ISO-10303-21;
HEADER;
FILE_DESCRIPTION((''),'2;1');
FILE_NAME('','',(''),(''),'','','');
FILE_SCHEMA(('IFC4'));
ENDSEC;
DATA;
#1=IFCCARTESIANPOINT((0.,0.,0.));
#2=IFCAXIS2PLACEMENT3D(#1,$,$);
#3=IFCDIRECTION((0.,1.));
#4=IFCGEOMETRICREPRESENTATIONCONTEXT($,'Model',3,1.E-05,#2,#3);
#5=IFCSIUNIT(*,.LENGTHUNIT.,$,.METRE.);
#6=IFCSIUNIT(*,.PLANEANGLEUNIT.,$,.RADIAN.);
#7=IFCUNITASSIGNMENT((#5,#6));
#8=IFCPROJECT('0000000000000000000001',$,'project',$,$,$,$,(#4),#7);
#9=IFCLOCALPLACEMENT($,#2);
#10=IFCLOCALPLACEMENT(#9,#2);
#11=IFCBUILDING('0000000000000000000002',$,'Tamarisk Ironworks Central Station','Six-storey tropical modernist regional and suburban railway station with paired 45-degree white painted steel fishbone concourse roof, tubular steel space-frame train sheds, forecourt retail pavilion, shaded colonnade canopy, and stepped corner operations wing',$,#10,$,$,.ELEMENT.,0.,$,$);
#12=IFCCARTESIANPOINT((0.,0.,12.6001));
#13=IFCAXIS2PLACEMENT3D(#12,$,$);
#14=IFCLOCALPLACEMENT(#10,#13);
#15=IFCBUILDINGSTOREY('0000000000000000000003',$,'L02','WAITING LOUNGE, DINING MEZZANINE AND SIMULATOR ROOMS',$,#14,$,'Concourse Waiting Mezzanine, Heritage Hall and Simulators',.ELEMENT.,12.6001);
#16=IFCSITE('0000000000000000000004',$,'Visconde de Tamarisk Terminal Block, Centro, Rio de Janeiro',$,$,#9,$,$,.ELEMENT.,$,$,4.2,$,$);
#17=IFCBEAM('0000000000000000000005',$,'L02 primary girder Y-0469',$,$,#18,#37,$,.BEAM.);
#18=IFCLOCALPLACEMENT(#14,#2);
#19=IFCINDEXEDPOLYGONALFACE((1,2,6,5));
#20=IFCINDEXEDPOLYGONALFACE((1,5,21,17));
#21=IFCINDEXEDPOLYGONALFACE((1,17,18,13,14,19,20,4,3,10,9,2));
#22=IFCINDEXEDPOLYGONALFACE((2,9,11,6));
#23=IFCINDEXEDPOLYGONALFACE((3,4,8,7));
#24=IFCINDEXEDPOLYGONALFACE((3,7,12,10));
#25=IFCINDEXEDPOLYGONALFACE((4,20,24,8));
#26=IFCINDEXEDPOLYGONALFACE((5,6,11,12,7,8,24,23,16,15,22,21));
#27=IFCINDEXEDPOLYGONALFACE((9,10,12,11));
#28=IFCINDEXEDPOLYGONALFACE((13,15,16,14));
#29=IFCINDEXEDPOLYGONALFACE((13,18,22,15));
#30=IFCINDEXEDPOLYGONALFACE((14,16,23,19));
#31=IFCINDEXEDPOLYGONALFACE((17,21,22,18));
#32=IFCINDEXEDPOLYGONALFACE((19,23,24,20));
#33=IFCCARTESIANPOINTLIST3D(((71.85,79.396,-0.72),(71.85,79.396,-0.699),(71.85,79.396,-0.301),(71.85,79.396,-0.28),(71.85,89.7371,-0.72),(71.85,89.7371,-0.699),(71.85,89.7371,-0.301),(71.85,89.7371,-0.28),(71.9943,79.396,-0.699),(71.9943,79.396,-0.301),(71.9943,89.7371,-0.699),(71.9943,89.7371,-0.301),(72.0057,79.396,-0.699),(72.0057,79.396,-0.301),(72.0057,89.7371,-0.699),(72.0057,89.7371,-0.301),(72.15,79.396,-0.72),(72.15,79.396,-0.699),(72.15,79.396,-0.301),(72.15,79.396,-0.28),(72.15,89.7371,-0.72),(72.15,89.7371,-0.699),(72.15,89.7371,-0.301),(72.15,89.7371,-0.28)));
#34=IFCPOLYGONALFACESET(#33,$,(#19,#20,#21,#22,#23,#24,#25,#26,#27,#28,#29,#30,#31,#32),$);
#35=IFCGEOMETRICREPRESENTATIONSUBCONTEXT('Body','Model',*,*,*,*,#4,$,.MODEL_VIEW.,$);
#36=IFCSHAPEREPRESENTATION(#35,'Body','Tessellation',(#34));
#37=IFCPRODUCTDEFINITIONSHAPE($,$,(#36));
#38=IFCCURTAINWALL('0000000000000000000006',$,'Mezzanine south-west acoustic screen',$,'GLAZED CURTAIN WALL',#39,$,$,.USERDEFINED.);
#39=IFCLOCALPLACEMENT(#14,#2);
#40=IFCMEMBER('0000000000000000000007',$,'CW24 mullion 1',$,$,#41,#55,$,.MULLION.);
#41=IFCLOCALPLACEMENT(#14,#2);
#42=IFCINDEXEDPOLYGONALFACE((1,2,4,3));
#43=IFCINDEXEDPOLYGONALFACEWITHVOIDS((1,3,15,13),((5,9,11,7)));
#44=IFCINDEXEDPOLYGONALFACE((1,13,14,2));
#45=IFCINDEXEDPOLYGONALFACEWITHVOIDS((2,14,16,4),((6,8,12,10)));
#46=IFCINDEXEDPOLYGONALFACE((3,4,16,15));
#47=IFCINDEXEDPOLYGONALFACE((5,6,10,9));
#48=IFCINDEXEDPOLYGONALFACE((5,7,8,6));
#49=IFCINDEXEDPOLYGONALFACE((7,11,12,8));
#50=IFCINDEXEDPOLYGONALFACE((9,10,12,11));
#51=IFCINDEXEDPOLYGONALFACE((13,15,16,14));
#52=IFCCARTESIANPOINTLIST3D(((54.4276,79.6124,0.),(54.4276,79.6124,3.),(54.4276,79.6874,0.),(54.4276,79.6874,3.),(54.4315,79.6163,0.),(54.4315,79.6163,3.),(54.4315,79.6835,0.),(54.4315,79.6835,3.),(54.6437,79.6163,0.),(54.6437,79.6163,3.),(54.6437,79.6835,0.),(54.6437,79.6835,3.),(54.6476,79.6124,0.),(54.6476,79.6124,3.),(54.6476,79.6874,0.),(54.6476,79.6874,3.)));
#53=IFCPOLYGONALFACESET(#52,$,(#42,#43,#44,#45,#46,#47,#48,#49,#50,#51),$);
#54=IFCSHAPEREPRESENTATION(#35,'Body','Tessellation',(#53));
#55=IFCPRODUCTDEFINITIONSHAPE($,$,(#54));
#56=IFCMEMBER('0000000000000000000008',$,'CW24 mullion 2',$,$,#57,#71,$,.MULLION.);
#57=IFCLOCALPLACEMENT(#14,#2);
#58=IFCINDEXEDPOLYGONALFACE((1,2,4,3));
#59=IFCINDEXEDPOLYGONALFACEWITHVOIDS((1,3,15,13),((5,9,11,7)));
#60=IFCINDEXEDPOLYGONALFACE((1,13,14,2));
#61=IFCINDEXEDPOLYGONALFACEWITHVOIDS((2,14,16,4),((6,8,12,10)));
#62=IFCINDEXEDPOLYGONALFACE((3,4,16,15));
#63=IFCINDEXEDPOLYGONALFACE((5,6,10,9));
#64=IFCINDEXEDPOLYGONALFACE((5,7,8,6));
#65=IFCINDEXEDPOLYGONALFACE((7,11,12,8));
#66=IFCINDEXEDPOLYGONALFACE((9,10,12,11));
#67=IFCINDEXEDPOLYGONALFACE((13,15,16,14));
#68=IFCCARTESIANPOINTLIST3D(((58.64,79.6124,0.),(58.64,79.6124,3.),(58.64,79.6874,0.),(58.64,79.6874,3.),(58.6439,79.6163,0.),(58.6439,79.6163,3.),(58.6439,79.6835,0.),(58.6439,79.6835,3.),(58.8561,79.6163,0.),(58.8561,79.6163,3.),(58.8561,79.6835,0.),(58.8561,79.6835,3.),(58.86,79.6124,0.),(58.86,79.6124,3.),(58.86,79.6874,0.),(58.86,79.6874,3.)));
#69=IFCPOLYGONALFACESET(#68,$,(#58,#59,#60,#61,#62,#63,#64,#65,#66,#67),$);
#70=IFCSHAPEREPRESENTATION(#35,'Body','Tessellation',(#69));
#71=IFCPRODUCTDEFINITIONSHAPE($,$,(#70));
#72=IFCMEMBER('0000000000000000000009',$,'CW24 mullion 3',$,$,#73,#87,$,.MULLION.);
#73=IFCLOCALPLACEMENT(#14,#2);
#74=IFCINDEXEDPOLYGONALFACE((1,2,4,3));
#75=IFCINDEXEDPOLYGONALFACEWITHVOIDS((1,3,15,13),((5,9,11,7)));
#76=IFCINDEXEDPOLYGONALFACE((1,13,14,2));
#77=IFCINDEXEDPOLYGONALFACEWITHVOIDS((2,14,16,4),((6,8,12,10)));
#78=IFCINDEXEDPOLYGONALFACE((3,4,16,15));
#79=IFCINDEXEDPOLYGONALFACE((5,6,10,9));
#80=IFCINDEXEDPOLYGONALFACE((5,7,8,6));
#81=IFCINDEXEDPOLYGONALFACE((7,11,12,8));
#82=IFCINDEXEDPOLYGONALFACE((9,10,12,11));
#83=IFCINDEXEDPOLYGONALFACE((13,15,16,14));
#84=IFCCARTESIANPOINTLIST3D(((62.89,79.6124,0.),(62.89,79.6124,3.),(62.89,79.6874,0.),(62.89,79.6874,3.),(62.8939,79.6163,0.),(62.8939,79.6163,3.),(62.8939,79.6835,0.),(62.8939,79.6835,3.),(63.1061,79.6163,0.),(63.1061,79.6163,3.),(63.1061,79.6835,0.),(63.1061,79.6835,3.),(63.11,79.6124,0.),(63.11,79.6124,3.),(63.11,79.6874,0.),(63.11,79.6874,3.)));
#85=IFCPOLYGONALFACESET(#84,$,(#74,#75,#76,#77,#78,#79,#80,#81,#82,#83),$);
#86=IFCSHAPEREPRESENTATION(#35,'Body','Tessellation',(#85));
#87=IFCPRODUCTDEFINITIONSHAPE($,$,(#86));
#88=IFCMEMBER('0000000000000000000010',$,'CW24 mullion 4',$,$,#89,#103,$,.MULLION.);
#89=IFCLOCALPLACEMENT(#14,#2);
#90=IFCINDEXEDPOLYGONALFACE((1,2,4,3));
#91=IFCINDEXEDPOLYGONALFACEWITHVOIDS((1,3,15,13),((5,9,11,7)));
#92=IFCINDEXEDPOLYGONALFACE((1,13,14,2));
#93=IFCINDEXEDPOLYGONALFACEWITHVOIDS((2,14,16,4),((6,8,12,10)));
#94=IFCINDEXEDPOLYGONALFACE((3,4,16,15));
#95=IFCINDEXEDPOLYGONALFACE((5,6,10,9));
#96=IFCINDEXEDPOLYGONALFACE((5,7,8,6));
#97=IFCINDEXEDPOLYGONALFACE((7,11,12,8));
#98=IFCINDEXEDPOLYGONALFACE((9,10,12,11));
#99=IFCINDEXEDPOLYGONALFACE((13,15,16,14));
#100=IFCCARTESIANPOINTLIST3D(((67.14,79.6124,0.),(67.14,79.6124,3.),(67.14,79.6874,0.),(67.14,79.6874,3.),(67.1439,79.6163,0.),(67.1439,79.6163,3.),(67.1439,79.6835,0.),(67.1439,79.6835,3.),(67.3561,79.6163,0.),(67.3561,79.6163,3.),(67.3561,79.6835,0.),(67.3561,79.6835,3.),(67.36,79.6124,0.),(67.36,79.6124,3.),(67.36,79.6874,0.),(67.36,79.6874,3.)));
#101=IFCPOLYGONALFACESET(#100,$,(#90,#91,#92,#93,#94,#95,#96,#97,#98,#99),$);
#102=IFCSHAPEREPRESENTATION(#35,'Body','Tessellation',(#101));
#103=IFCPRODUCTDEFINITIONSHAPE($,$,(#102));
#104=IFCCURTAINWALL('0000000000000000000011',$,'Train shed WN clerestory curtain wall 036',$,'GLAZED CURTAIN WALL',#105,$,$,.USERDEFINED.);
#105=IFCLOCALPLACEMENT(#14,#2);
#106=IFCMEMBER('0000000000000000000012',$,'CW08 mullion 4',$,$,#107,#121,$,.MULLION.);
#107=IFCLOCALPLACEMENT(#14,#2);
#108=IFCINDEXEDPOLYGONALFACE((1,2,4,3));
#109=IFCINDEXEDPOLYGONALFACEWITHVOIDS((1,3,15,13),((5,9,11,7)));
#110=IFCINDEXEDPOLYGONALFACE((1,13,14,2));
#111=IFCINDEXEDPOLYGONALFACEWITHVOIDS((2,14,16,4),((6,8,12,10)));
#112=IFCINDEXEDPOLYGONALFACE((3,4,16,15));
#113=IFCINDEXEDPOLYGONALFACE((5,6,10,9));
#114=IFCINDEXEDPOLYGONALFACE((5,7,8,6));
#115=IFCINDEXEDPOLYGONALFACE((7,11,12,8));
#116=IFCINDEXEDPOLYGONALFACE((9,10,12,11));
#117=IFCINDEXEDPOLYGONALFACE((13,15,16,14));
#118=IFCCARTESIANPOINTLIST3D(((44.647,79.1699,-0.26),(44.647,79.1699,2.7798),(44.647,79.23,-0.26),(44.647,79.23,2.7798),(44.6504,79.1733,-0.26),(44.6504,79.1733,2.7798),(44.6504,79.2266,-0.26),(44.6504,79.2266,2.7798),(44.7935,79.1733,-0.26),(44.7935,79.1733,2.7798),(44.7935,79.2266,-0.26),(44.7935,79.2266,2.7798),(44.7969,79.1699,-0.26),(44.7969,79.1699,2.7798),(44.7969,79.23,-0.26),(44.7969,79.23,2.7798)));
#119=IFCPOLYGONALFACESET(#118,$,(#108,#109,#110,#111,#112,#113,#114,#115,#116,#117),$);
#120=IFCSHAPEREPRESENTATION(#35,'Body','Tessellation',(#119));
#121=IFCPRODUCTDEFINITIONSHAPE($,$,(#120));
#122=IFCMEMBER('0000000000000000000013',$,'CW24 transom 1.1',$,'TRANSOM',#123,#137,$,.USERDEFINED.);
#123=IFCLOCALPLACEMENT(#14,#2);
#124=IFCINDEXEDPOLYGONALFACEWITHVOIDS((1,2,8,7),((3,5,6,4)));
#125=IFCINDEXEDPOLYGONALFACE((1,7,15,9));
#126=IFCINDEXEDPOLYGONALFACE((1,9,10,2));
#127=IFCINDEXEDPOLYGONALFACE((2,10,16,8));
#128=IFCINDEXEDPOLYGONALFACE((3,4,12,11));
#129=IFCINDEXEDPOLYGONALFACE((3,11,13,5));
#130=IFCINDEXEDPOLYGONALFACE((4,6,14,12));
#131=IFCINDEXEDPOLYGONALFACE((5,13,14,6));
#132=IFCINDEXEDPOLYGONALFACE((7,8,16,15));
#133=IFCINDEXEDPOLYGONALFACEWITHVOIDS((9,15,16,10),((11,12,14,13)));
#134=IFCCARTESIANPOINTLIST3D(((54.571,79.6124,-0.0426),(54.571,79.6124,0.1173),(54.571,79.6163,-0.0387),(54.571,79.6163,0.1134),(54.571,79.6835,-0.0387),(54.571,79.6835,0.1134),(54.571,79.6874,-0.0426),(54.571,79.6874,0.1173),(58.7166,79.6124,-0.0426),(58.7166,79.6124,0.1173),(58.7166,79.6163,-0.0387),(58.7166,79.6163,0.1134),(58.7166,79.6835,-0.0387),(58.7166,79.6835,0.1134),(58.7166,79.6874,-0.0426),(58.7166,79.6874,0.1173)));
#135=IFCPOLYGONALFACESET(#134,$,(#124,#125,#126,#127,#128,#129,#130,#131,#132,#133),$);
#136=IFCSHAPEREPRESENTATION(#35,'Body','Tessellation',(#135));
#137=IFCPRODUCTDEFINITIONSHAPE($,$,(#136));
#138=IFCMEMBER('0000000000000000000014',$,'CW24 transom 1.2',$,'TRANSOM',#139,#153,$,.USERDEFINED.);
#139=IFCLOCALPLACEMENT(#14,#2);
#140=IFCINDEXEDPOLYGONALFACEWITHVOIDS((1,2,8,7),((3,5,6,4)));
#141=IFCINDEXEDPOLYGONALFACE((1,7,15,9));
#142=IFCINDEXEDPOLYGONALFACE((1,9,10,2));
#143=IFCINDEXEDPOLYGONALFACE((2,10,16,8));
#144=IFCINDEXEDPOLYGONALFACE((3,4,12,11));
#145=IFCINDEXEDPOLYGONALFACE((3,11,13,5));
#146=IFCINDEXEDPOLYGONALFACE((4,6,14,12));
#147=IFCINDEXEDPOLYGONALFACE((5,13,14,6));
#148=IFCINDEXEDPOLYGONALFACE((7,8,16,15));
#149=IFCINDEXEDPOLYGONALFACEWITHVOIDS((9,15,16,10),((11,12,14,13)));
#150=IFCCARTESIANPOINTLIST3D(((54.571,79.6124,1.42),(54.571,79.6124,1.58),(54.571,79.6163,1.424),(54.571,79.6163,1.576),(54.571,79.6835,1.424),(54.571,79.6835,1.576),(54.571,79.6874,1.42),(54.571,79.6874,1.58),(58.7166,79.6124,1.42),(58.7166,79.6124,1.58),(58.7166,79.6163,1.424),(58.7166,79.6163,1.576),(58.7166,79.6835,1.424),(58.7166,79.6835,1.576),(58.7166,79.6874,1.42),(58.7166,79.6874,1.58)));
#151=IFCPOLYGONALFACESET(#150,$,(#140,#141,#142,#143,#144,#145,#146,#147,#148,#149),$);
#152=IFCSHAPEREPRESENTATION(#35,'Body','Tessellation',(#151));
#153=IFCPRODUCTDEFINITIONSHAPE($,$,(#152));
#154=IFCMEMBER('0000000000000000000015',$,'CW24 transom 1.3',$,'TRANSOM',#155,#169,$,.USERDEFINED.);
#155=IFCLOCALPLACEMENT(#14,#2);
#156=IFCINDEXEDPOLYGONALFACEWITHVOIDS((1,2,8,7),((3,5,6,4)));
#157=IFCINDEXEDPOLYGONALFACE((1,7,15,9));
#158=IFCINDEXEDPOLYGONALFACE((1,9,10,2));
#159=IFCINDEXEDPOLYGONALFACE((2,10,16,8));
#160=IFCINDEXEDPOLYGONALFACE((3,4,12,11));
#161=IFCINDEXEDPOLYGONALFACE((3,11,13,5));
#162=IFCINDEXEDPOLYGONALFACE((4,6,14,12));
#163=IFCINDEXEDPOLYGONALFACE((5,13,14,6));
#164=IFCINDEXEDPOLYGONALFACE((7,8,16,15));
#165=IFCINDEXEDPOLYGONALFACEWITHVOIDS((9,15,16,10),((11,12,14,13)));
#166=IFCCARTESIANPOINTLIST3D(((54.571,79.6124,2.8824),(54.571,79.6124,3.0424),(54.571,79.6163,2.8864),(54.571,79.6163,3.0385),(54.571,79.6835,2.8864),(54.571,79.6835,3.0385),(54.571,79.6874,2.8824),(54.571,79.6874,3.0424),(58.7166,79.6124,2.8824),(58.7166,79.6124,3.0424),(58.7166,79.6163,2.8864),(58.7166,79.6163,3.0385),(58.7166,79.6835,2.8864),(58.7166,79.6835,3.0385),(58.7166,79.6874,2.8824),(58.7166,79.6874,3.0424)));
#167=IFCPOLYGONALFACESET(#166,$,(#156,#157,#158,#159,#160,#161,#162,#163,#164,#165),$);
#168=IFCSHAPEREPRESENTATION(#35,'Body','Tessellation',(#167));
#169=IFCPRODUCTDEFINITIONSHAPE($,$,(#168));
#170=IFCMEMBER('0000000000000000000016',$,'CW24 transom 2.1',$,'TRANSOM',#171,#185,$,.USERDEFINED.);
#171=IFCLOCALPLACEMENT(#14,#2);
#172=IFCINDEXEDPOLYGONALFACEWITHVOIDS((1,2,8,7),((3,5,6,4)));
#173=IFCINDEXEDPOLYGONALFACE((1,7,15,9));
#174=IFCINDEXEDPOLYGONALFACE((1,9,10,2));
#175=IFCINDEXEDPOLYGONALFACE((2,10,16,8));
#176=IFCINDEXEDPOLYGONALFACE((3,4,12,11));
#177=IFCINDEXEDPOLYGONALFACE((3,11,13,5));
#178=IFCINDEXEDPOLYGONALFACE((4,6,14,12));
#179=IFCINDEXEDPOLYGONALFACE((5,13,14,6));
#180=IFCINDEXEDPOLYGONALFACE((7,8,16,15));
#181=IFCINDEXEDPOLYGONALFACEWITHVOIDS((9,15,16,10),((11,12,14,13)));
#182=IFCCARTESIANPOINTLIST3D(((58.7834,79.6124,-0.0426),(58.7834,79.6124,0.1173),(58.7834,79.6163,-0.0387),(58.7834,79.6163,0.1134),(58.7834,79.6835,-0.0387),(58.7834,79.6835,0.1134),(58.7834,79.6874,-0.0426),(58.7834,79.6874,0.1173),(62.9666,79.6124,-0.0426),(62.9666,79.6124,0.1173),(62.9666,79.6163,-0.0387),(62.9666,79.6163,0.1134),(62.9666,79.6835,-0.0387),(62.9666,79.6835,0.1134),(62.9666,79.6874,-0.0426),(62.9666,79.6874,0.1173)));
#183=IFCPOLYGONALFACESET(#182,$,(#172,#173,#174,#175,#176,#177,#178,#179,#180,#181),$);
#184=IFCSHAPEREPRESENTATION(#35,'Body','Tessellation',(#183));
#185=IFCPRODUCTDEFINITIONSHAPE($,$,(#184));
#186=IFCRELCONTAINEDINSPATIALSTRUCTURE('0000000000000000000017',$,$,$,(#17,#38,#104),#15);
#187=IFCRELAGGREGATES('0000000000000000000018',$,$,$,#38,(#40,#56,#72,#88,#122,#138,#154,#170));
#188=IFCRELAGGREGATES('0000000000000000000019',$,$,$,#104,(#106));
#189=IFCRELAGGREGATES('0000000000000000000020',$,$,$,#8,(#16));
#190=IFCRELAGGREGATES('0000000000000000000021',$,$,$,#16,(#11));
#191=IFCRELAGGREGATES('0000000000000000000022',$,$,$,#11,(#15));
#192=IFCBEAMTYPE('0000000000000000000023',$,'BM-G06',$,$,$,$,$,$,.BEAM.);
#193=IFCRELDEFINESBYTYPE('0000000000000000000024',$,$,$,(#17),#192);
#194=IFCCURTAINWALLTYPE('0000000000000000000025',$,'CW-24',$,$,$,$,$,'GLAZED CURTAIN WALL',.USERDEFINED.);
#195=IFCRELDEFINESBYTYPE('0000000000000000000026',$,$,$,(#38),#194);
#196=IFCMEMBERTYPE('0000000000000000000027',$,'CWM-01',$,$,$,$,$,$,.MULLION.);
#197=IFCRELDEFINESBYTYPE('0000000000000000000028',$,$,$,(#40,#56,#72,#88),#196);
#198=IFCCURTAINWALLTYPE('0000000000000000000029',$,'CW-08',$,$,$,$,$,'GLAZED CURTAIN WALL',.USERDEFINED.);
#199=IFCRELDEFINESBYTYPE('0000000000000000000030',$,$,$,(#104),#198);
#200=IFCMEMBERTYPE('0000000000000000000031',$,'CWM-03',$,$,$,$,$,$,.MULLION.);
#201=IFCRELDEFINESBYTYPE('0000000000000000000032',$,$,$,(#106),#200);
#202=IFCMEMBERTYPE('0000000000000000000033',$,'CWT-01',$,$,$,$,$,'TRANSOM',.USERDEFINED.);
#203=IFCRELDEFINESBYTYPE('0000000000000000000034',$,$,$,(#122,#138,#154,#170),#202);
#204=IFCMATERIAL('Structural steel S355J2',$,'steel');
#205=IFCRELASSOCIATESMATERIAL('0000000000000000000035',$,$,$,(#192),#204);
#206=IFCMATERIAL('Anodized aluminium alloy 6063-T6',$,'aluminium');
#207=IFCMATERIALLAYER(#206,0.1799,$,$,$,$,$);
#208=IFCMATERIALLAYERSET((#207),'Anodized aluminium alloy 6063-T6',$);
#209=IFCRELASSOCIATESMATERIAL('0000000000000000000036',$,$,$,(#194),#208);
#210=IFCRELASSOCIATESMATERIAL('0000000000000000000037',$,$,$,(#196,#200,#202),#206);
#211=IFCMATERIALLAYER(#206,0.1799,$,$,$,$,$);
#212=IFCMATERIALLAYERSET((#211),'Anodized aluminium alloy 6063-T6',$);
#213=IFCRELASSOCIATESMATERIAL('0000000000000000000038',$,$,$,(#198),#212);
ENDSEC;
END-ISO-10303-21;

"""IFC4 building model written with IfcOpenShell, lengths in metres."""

from ifc_helpers import new_model, si_unit, direction, frame, origin, origin_2d, place, context, subcontext, project, spatial, hollow_rectangle, i_section, extrude, material, layer, layer_set, material_profile, profile_set, type_object, element, aggregate, save


model = new_model("IFC4")

# Units and contexts
model_context = context("Model", 3, precision=1e-05, world=origin(), true_north=direction((0.0, 1.0)))
body_context = subcontext(model_context, "Body", "Model", "MODEL_VIEW")
ifc_project = project(units=[si_unit("LENGTHUNIT", "METRE"), si_unit("PLANEANGLEUNIT", "RADIAN")], contexts=[model_context])

# Site, building, storey
site_placement = place(None, origin())
site = spatial("IfcSite", under=ifc_project, at=site_placement, Name="Visconde de Tamarisk Terminal Block, Centro, Rio de Janeiro", CompositionType="ELEMENT", RefElevation=4.2)
building_placement = place(site_placement, origin())
building = spatial("IfcBuilding", under=site, at=building_placement, Name="Tamarisk Ironworks Central Station", Description="Six-storey tropical modernist regional and suburban railway station with paired 45-degree white painted steel fishbone concourse roof, tubular steel space-frame train sheds, forecourt retail pavilion, shaded colonnade canopy, and stepped corner operations wing", CompositionType="ELEMENT", ElevationOfRefHeight=0.0)
storey_placement = place(building_placement, frame((0.0, 0.0, 12.6001)))
storey = spatial("IfcBuildingStorey", under=building, at=storey_placement, Name="L02", Description="WAITING LOUNGE, DINING MEZZANINE AND SIMULATOR ROOMS", LongName="Concourse Waiting Mezzanine, Heritage Hall and Simulators", CompositionType="ELEMENT", Elevation=12.6001)

# Shared definitions
ifc_material_1 = material(Name="Structural steel S355J2", Category="steel")

# Beam
ifc_material_profile_1 = material_profile(ifc_material_1, i_section(OverallWidth=0.3, OverallDepth=0.4399, WebThickness=0.0115, FlangeThickness=0.021, at=origin_2d()), Name="HEA 450")
ifc_profile_set_1 = profile_set([ifc_material_profile_1], Name="Structural steel S355J2")
beam_type_1 = type_object("IfcBeamType", Name="BM-G06", PredefinedType="BEAM", material=ifc_profile_set_1)
beam_1_placement = place(storey_placement, frame((72.0, 79.396, -0.5), z_axis=(0.0, 1.0, 0.0), x_axis=(-1.0, 0.0, 0.0)))
element("IfcBeam", 1, at=beam_1_placement, inside=storey, type_object=beam_type_1, Name="L02 primary girder Y-0469", PredefinedType="BEAM", context=body_context, shape_type="SweptSolid", body=[
    extrude(i_section(OverallWidth=0.3, OverallDepth=0.4399, WebThickness=0.0115, FlangeThickness=0.021, at=origin_2d()), origin(), (0.0, 0.0, 1.0), 10.3411),
])

# Curtain wall, members
ifc_material_2 = material(Name="Anodized aluminium alloy 6063-T6", Category="aluminium")
ifc_layer_1 = layer(ifc_material_2, 0.1799)
ifc_layer_set_1 = layer_set([ifc_layer_1], Name="Anodized aluminium alloy 6063-T6")
curtain_wall_type_1 = type_object("IfcCurtainWallType", Name="CW-24", ElementType="GLAZED CURTAIN WALL", PredefinedType="USERDEFINED", material=ifc_layer_set_1)
curtain_wall_1_placement = place(storey_placement, origin())
curtain_wall_1 = element("IfcCurtainWall", 2, at=curtain_wall_1_placement, inside=storey, type_object=curtain_wall_type_1, Name="Mezzanine south-west acoustic screen", ObjectType="GLAZED CURTAIN WALL", PredefinedType="USERDEFINED")
ifc_material_profile_2 = material_profile(ifc_material_2, hollow_rectangle(XDim=0.075, YDim=0.22, WallThickness=0.0039, at=origin_2d()), Name="ALUM 220x75")
ifc_profile_set_2 = profile_set([ifc_material_profile_2], Name="Anodized aluminium alloy 6063-T6")
member_type_1 = type_object("IfcMemberType", Name="CWM-01", PredefinedType="MULLION", material=ifc_profile_set_2)
member_1_placement = place(storey_placement, frame((54.5376, 79.6499, 0.0), z_axis=(0.0, 0.0, 1.0), x_axis=(0.0, 1.0, 0.0)))
member_1 = element("IfcMember", 3, at=member_1_placement, type_object=member_type_1, Name="CW24 mullion 1", PredefinedType="MULLION", context=body_context, shape_type="SweptSolid", body=[
    extrude(hollow_rectangle(XDim=0.075, YDim=0.22, WallThickness=0.0039, at=origin_2d()), origin(), (0.0, 0.0, 1.0), 3.0),
])
member_2_placement = place(storey_placement, frame((58.75, 79.6499, 0.0), z_axis=(0.0, 0.0, 1.0), x_axis=(0.0, 1.0, 0.0)))
member_2 = element("IfcMember", 4, at=member_2_placement, type_object=member_type_1, Name="CW24 mullion 2", PredefinedType="MULLION", context=body_context, shape_type="SweptSolid", body=[
    extrude(hollow_rectangle(XDim=0.075, YDim=0.22, WallThickness=0.0039, at=origin_2d()), origin(), (0.0, 0.0, 1.0), 3.0),
])
member_3_placement = place(storey_placement, frame((63.0, 79.6499, 0.0), z_axis=(0.0, 0.0, 1.0), x_axis=(0.0, 1.0, 0.0)))
member_3 = element("IfcMember", 5, at=member_3_placement, type_object=member_type_1, Name="CW24 mullion 3", PredefinedType="MULLION", context=body_context, shape_type="SweptSolid", body=[
    extrude(hollow_rectangle(XDim=0.075, YDim=0.22, WallThickness=0.0039, at=origin_2d()), origin(), (0.0, 0.0, 1.0), 3.0),
])
member_4_placement = place(storey_placement, frame((67.25, 79.6499, 0.0), z_axis=(0.0, 0.0, 1.0), x_axis=(0.0, 1.0, 0.0)))
member_4 = element("IfcMember", 6, at=member_4_placement, type_object=member_type_1, Name="CW24 mullion 4", PredefinedType="MULLION", context=body_context, shape_type="SweptSolid", body=[
    extrude(hollow_rectangle(XDim=0.075, YDim=0.22, WallThickness=0.0039, at=origin_2d()), origin(), (0.0, 0.0, 1.0), 3.0),
])

# Curtain wall, member
ifc_layer_2 = layer(ifc_material_2, 0.1799)
ifc_layer_set_2 = layer_set([ifc_layer_2], Name="Anodized aluminium alloy 6063-T6")
curtain_wall_type_2 = type_object("IfcCurtainWallType", Name="CW-08", ElementType="GLAZED CURTAIN WALL", PredefinedType="USERDEFINED", material=ifc_layer_set_2)
curtain_wall_2_placement = place(storey_placement, origin())
curtain_wall_2 = element("IfcCurtainWall", 7, at=curtain_wall_2_placement, inside=storey, type_object=curtain_wall_type_2, Name="Train shed WN clerestory curtain wall 036", ObjectType="GLAZED CURTAIN WALL", PredefinedType="USERDEFINED")
ifc_material_profile_3 = material_profile(ifc_material_2, hollow_rectangle(XDim=0.0601, YDim=0.1499, WallThickness=0.0034, at=origin_2d()), Name="ALUM 150x60")
ifc_profile_set_3 = profile_set([ifc_material_profile_3], Name="Anodized aluminium alloy 6063-T6")
member_type_2 = type_object("IfcMemberType", Name="CWM-03", PredefinedType="MULLION", material=ifc_profile_set_3)
member_5_placement = place(storey_placement, frame((44.7219, 79.2, -0.26), z_axis=(0.0, 0.0, 1.0), x_axis=(0.0, 1.0, 0.0)))
member_5 = element("IfcMember", 8, at=member_5_placement, type_object=member_type_2, Name="CW08 mullion 4", PredefinedType="MULLION", context=body_context, shape_type="SweptSolid", body=[
    extrude(hollow_rectangle(XDim=0.0601, YDim=0.1499, WallThickness=0.0034, at=origin_2d()), origin(), (0.0, 0.0, 1.0), 3.0398),
])

# Members
ifc_material_profile_4 = material_profile(ifc_material_2, hollow_rectangle(XDim=0.075, YDim=0.1599, WallThickness=0.0039, at=origin_2d()), Name="ALUM 160x75")
ifc_profile_set_4 = profile_set([ifc_material_profile_4], Name="Anodized aluminium alloy 6063-T6")
member_type_3 = type_object("IfcMemberType", Name="CWT-01", ElementType="TRANSOM", PredefinedType="USERDEFINED", material=ifc_profile_set_4)
member_6_placement = place(storey_placement, frame((54.571, 79.6499, 0.0374), z_axis=(1.0, 0.0, 0.0), x_axis=(0.0, 1.0, 0.0)))
member_6 = element("IfcMember", 9, at=member_6_placement, type_object=member_type_3, Name="CW24 transom 1.1", ObjectType="TRANSOM", PredefinedType="USERDEFINED", context=body_context, shape_type="SweptSolid", body=[
    extrude(hollow_rectangle(XDim=0.075, YDim=0.1599, WallThickness=0.0039, at=origin_2d()), origin(), (0.0, 0.0, 1.0), 4.1455),
])
member_7_placement = place(storey_placement, frame((54.571, 79.6499, 1.5), z_axis=(1.0, 0.0, 0.0), x_axis=(0.0, 1.0, 0.0)))
member_7 = element("IfcMember", 10, at=member_7_placement, type_object=member_type_3, Name="CW24 transom 1.2", ObjectType="TRANSOM", PredefinedType="USERDEFINED", context=body_context, shape_type="SweptSolid", body=[
    extrude(hollow_rectangle(XDim=0.075, YDim=0.1599, WallThickness=0.0039, at=origin_2d()), origin(), (0.0, 0.0, 1.0), 4.1455),
])
member_8_placement = place(storey_placement, frame((54.571, 79.6499, 2.9624), z_axis=(1.0, 0.0, 0.0), x_axis=(0.0, 1.0, 0.0)))
member_8 = element("IfcMember", 11, at=member_8_placement, type_object=member_type_3, Name="CW24 transom 1.3", ObjectType="TRANSOM", PredefinedType="USERDEFINED", context=body_context, shape_type="SweptSolid", body=[
    extrude(hollow_rectangle(XDim=0.075, YDim=0.1599, WallThickness=0.0039, at=origin_2d()), origin(), (0.0, 0.0, 1.0), 4.1455),
])
member_9_placement = place(storey_placement, frame((58.7834, 79.6499, 0.0374), z_axis=(1.0, 0.0, 0.0), x_axis=(0.0, 1.0, 0.0)))
member_9 = element("IfcMember", 12, at=member_9_placement, type_object=member_type_3, Name="CW24 transom 2.1", ObjectType="TRANSOM", PredefinedType="USERDEFINED", context=body_context, shape_type="SweptSolid", body=[
    extrude(hollow_rectangle(XDim=0.075, YDim=0.1599, WallThickness=0.0039, at=origin_2d()), origin(), (0.0, 0.0, 1.0), 4.1831),
])

aggregate(curtain_wall_1, [member_1, member_2, member_3, member_4, member_6, member_7, member_8, member_9])
aggregate(curtain_wall_2, [member_5])

save(model, "model.ifc")
